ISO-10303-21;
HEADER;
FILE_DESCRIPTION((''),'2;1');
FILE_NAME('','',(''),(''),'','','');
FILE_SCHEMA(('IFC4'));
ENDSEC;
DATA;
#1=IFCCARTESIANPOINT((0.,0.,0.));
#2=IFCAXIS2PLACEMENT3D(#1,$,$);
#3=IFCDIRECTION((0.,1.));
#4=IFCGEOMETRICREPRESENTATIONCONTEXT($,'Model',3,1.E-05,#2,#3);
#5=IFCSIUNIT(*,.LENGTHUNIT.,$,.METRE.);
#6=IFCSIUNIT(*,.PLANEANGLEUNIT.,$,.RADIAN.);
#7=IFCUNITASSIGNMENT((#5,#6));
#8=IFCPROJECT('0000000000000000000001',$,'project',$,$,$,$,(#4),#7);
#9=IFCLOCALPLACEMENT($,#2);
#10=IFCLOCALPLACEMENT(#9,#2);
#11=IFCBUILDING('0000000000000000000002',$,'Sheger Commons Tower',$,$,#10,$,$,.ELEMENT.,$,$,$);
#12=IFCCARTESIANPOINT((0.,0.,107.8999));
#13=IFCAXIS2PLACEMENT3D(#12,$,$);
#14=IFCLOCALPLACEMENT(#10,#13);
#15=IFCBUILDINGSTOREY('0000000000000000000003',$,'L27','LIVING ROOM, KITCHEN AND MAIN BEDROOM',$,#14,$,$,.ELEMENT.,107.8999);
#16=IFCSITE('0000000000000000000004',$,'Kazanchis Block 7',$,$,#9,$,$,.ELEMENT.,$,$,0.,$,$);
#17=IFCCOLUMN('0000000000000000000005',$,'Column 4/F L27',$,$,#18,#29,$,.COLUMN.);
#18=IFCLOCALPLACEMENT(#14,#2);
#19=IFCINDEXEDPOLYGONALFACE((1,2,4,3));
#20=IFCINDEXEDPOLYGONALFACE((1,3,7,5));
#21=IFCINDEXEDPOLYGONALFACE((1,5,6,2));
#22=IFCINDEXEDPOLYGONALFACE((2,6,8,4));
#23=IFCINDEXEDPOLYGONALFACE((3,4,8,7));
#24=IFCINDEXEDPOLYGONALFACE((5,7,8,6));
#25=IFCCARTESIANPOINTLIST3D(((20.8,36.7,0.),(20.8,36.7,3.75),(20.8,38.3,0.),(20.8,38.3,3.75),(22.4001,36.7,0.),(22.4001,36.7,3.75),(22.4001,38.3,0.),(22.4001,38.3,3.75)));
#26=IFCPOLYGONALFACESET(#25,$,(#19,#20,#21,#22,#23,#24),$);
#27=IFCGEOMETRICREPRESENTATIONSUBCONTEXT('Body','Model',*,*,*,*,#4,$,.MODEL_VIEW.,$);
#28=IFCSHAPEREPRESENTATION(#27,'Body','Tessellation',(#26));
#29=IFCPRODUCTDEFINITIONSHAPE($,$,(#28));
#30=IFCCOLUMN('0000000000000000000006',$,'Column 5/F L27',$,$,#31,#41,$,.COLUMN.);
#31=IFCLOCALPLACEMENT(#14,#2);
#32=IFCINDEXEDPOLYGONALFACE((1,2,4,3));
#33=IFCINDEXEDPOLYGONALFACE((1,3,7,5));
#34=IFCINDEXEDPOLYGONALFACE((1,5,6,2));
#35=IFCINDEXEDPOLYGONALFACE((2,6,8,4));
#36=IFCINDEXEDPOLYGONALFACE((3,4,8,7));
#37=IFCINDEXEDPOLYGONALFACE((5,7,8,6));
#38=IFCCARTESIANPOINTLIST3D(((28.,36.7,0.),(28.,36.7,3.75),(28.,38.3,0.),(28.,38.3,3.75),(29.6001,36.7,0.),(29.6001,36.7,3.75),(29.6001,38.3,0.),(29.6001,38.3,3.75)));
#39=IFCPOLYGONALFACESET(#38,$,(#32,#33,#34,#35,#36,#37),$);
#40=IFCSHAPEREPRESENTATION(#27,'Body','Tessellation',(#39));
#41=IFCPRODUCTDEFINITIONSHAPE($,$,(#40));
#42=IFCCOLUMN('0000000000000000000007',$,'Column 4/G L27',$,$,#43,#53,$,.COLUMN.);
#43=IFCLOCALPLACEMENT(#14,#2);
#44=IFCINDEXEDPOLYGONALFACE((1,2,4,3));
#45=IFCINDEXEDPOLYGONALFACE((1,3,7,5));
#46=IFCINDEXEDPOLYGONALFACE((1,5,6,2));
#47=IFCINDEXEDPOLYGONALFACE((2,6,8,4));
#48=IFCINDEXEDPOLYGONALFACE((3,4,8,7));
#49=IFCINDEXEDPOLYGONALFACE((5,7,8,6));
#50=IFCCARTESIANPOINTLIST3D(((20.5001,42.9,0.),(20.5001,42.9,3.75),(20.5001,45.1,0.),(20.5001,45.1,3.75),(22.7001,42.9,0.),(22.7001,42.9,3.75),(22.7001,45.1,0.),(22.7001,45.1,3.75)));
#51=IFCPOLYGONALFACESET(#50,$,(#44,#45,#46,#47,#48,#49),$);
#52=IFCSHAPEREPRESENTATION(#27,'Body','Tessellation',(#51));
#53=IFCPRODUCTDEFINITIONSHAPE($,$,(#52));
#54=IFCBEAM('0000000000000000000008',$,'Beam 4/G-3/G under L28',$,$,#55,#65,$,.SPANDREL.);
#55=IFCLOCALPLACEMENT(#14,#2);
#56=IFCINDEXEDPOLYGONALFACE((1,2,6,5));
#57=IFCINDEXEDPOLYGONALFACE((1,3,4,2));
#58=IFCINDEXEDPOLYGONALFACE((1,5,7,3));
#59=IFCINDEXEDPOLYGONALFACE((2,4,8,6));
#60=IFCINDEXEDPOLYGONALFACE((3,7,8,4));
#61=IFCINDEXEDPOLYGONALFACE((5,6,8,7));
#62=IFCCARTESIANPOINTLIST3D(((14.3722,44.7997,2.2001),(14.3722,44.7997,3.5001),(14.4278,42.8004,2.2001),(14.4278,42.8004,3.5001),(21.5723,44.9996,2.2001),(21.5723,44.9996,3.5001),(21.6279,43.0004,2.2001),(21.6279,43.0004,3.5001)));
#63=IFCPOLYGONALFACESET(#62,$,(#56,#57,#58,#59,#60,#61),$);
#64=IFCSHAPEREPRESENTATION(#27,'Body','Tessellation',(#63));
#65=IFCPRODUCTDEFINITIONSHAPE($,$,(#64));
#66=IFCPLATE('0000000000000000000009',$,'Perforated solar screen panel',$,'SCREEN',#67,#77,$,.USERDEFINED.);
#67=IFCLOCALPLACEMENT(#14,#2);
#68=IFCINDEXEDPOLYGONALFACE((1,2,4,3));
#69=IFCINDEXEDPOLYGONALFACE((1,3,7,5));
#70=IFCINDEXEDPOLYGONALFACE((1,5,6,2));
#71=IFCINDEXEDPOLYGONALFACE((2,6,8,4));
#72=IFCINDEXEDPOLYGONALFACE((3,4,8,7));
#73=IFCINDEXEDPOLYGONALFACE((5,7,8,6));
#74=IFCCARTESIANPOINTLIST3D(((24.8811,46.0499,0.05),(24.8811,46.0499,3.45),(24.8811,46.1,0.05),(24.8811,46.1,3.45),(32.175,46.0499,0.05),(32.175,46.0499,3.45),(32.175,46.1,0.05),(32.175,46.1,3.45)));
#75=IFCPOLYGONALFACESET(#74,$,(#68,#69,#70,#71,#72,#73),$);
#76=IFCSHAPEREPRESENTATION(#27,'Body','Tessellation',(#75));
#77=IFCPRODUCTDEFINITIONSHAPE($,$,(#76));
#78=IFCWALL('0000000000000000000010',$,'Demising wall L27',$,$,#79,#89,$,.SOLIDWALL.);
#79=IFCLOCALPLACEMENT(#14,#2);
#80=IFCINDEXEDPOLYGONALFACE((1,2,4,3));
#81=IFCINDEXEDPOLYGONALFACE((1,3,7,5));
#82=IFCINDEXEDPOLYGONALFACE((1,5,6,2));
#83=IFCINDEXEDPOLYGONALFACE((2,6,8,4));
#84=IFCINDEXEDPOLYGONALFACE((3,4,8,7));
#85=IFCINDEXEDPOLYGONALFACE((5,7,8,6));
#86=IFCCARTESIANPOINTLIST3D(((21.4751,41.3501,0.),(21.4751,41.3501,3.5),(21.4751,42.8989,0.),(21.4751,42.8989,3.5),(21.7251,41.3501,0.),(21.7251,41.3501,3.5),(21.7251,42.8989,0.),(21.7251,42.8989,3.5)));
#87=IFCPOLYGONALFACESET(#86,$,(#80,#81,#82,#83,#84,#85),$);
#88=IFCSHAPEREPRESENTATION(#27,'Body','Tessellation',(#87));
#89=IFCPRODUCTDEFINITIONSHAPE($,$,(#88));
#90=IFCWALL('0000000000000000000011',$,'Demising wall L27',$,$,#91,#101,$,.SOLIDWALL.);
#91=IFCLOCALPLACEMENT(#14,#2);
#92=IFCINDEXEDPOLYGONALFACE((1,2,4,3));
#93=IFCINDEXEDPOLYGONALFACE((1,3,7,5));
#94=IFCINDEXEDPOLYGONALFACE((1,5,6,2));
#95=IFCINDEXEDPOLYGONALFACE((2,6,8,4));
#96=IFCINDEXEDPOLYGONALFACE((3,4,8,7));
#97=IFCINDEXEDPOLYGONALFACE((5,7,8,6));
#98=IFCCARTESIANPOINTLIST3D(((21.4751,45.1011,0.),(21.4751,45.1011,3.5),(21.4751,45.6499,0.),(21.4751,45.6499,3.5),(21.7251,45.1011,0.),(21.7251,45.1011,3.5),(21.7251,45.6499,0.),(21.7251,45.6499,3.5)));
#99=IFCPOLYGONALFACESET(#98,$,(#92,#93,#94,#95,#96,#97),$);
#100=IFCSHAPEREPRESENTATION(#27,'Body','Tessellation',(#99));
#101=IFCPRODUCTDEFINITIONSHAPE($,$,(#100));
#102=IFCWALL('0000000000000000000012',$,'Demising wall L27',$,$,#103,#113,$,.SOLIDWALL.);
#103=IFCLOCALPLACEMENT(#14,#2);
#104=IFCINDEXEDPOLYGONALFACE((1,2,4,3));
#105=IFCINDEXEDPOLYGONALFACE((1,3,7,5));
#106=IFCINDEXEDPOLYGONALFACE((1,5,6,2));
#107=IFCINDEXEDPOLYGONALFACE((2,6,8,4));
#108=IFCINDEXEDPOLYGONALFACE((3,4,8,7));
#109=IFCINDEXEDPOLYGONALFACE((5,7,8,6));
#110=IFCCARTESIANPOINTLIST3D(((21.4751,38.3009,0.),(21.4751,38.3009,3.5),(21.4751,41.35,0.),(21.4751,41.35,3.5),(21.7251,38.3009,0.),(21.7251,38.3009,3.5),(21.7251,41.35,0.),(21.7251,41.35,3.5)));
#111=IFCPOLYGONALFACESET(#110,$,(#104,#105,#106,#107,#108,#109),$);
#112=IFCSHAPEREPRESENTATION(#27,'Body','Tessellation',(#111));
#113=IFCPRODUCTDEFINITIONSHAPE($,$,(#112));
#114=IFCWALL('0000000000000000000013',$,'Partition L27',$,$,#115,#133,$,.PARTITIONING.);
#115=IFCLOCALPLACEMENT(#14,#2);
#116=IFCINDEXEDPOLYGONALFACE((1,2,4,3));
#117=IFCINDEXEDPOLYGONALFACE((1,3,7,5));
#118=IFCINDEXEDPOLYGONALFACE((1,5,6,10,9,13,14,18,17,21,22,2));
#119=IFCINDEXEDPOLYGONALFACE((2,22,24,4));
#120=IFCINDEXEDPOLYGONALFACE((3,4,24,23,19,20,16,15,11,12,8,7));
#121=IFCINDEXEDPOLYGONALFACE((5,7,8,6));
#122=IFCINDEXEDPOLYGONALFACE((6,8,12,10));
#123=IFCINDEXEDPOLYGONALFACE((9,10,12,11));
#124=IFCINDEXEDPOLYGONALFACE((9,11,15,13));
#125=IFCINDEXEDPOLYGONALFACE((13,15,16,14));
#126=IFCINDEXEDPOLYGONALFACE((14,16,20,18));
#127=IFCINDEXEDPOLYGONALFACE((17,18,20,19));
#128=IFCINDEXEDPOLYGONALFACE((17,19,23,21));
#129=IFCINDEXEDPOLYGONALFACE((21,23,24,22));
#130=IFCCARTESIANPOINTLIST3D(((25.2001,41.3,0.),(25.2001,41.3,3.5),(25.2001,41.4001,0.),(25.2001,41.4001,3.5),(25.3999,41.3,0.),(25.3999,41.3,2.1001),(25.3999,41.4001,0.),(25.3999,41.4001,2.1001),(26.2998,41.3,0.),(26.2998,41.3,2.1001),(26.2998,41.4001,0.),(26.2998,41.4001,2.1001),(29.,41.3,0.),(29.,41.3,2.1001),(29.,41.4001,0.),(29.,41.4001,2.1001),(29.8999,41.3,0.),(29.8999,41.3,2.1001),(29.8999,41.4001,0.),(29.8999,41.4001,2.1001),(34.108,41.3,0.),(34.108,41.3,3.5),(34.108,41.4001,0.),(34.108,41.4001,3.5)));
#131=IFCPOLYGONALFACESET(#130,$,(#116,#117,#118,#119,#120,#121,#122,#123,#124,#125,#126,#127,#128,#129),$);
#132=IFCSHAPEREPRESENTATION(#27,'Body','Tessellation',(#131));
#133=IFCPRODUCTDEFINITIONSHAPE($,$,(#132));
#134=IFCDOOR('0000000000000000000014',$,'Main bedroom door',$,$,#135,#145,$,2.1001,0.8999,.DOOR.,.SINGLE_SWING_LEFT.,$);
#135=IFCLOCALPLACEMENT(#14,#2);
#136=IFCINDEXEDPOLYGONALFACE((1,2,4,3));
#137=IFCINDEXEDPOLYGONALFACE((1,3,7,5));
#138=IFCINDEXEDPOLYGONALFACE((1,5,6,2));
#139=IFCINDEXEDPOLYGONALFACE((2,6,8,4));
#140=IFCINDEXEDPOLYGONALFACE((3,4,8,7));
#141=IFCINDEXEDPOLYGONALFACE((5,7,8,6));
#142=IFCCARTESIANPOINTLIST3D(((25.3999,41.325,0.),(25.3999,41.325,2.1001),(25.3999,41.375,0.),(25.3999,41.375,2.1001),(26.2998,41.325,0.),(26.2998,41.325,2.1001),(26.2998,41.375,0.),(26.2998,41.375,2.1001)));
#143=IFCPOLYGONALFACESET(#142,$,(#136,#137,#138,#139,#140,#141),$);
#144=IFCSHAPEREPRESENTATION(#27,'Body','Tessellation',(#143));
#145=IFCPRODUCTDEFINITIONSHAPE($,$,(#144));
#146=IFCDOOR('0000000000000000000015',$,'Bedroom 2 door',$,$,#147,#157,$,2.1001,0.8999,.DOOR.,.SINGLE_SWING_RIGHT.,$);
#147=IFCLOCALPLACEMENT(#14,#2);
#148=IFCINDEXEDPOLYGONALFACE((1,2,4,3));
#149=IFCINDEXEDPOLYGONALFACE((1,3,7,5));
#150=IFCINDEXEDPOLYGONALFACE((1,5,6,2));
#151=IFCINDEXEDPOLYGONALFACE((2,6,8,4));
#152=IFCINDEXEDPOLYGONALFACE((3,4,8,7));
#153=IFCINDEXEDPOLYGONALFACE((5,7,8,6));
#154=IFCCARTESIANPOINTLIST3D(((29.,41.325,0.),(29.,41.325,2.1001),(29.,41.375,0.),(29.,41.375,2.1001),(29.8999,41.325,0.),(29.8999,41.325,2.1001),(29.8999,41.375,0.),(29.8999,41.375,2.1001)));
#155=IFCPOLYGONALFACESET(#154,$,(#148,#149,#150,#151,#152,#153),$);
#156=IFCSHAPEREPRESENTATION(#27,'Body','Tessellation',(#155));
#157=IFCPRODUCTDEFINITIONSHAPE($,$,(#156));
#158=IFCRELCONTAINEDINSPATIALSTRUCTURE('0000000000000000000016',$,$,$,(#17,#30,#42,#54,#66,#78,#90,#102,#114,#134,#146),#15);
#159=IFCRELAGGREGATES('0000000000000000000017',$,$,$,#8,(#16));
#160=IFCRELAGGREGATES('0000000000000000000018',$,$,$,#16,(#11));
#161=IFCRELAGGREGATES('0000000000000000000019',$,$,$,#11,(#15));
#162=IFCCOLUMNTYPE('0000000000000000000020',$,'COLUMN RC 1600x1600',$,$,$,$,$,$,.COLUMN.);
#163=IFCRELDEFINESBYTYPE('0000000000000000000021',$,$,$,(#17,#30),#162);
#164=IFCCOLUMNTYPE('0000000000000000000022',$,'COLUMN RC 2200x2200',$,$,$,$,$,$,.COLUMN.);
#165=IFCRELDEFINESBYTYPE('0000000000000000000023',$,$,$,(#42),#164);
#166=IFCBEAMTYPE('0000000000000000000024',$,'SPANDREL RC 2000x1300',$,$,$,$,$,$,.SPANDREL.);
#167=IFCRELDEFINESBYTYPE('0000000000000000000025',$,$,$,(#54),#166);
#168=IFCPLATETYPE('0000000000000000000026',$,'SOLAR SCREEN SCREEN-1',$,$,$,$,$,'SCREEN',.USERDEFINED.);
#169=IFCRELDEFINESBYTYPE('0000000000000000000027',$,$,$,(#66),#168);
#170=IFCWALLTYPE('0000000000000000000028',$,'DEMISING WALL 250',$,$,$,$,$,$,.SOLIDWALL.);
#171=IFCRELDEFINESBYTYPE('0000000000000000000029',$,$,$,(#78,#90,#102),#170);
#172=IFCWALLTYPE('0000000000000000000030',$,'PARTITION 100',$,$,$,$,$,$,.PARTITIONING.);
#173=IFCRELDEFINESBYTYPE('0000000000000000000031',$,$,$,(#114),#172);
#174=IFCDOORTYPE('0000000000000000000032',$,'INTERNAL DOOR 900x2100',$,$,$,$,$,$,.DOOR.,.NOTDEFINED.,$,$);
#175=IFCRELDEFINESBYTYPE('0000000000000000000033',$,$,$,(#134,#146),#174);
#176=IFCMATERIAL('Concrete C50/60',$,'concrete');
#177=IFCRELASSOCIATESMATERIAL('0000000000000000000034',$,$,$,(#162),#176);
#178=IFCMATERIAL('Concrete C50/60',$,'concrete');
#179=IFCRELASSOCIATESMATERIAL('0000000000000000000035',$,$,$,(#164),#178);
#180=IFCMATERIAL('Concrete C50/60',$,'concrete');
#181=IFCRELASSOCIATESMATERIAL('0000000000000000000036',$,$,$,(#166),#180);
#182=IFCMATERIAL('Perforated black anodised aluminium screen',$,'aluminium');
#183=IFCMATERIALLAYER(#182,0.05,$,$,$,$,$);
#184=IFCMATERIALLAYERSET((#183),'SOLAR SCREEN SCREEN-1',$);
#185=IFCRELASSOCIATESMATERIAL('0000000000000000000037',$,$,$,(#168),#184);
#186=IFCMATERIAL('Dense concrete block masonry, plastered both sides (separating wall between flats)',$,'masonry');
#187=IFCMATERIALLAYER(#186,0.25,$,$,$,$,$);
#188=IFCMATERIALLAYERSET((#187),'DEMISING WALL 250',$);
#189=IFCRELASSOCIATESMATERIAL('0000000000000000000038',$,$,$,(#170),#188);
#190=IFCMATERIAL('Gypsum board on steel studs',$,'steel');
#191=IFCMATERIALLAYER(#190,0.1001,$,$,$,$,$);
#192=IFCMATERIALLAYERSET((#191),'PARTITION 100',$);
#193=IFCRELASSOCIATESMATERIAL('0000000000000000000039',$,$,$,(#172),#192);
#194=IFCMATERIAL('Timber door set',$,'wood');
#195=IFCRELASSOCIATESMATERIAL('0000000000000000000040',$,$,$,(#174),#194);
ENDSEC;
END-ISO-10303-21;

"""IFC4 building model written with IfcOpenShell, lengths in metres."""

from ifc_helpers import new_model, si_unit, direction, frame, frame_2d, origin, origin_2d, place, context, subcontext, project, spatial, rectangle, extrude, material, layer, layer_set, material_profile, profile_set, type_object, element, fill, save


model = new_model("IFC4")

# Units and contexts
model_context = context("Model", 3, precision=1e-05, world=origin(), true_north=direction((0.0, 1.0)))
body_context = subcontext(model_context, "Body", "Model", "MODEL_VIEW")
ifc_project = project(units=[si_unit("LENGTHUNIT", "METRE"), si_unit("PLANEANGLEUNIT", "RADIAN")], contexts=[model_context])

# Site, building, storey
site_placement = place(None, origin())
site = spatial("IfcSite", under=ifc_project, at=site_placement, Name="Kazanchis Block 7", CompositionType="ELEMENT", RefElevation=0.0)
building_placement = place(site_placement, origin())
building = spatial("IfcBuilding", under=site, at=building_placement, Name="Sheger Commons Tower", CompositionType="ELEMENT")
storey_placement = place(building_placement, frame((0.0, 0.0, 107.8999)))
storey = spatial("IfcBuildingStorey", under=building, at=storey_placement, Name="L27", Description="LIVING ROOM, KITCHEN AND MAIN BEDROOM", CompositionType="ELEMENT", Elevation=107.8999)

# Columns
ifc_material_1 = material(Name="Concrete C50/60", Category="concrete")
ifc_material_profile_1 = material_profile(ifc_material_1, rectangle(XDim=1.6001, YDim=1.6001, at=origin_2d()), Name="RC 1600x1600")
ifc_profile_set_1 = profile_set([ifc_material_profile_1], Name="Concrete C50/60")
column_type_1 = type_object("IfcColumnType", Name="COLUMN RC 1600x1600", PredefinedType="COLUMN", material=ifc_profile_set_1)
for number, where, z_axis, x_axis, name in (
    (1, (21.6001, 37.5, 0.0), (0.0, 0.0, 1.0), (1.0, 0.0, 0.0), "Column 4/F L27"),
    (2, (28.8, 37.5, 0.0), (0.0, 0.0, 1.0), (1.0, 0.0, 0.0), "Column 5/F L27"),
):
    element("IfcColumn", number, at=place(storey_placement, frame(where, z_axis=z_axis, x_axis=x_axis)), inside=storey, type_object=column_type_1, Name=name, PredefinedType="COLUMN", context=body_context, shape_type="SweptSolid", body=[
        extrude(rectangle(XDim=1.6001, YDim=1.6001, at=origin_2d()), origin(), (0.0, 0.0, 1.0), 3.75),
    ])
ifc_material_2 = material(Name="Concrete C50/60", Category="concrete")
ifc_material_profile_2 = material_profile(ifc_material_2, rectangle(XDim=2.2, YDim=2.2, at=origin_2d()), Name="RC 2200x2200")
ifc_profile_set_2 = profile_set([ifc_material_profile_2], Name="Concrete C50/60")
column_type_2 = type_object("IfcColumnType", Name="COLUMN RC 2200x2200", PredefinedType="COLUMN", material=ifc_profile_set_2)
column_placement = place(storey_placement, frame((21.6001, 44.0, 0.0), z_axis=(0.0, 0.0, 1.0), x_axis=(1.0, 0.0, 0.0)))
element("IfcColumn", 3, at=column_placement, inside=storey, type_object=column_type_2, Name="Column 4/G L27", PredefinedType="COLUMN", context=body_context, shape_type="SweptSolid", body=[
    extrude(rectangle(XDim=2.2, YDim=2.2, at=origin_2d()), origin(), (0.0, 0.0, 1.0), 3.75),
])

# Beam
ifc_material_3 = material(Name="Concrete C50/60", Category="concrete")
ifc_material_profile_3 = material_profile(ifc_material_3, rectangle(XDim=2.0, YDim=1.3, at=origin_2d()), Name="RC 2000x1300")
ifc_profile_set_3 = profile_set([ifc_material_profile_3], Name="Concrete C50/60")
beam_type = type_object("IfcBeamType", Name="SPANDREL RC 2000x1300", PredefinedType="SPANDREL", material=ifc_profile_set_3)
beam_placement = place(storey_placement, frame((21.6001, 44.0, 2.8501), z_axis=(-0.999615, -0.02776, 0.0), x_axis=(0.02776, -0.999615, 0.0)))
element("IfcBeam", 4, at=beam_placement, inside=storey, type_object=beam_type, Name="Beam 4/G-3/G under L28", PredefinedType="SPANDREL", context=body_context, shape_type="SweptSolid", body=[
    extrude(rectangle(XDim=2.0, YDim=1.3, at=origin_2d()), origin(), (0.0, 0.0, 1.0), 7.2029),
])

# Plate
ifc_material_4 = material(Name="Perforated black anodised aluminium screen", Category="aluminium")
ifc_layer_1 = layer(ifc_material_4, 0.05)
ifc_layer_set_1 = layer_set([ifc_layer_1], Name="SOLAR SCREEN SCREEN-1")
plate_type = type_object("IfcPlateType", Name="SOLAR SCREEN SCREEN-1", ElementType="SCREEN", PredefinedType="USERDEFINED", material=ifc_layer_set_1)
plate_placement = place(storey_placement, frame((28.5281, 46.075, 0.05), z_axis=(0.0, 0.0, 1.0), x_axis=(-1.0, 0.0, 0.0)))
element("IfcPlate", 5, at=plate_placement, inside=storey, type_object=plate_type, Name="Perforated solar screen panel", ObjectType="SCREEN", PredefinedType="USERDEFINED", context=body_context, shape_type="SweptSolid", body=[
    extrude(rectangle(XDim=7.2939, YDim=0.05, at=origin_2d()), origin(), (0.0, 0.0, 1.0), 3.3999),
])

# Walls
ifc_material_5 = material(Name="Dense concrete block masonry, plastered both sides (separating wall between flats)", Category="masonry")
ifc_layer_2 = layer(ifc_material_5, 0.25)
ifc_layer_set_2 = layer_set([ifc_layer_2], Name="DEMISING WALL 250")
wall_type_1 = type_object("IfcWallType", Name="DEMISING WALL 250", PredefinedType="SOLIDWALL", material=ifc_layer_set_2)
wall_1_placement = place(storey_placement, frame((21.6001, 41.3501, 0.0), z_axis=(0.0, 0.0, 1.0), x_axis=(0.0, 1.0, 0.0)))
element("IfcWall", 6, at=wall_1_placement, inside=storey, type_object=wall_type_1, Name="Demising wall L27", PredefinedType="SOLIDWALL", context=body_context, shape_type="SweptSolid", body=[
    extrude(rectangle(XDim=1.5488, YDim=0.25, at=frame_2d((0.7744, 0.0))), origin(), (0.0, 0.0, 1.0), 3.5),
])
wall_2_placement = place(storey_placement, frame((21.6001, 45.1011, 0.0), z_axis=(0.0, 0.0, 1.0), x_axis=(0.0, 1.0, 0.0)))
element("IfcWall", 7, at=wall_2_placement, inside=storey, type_object=wall_type_1, Name="Demising wall L27", PredefinedType="SOLIDWALL", context=body_context, shape_type="SweptSolid", body=[
    extrude(rectangle(XDim=0.5488, YDim=0.25, at=frame_2d((0.2744, 0.0))), origin(), (0.0, 0.0, 1.0), 3.5),
])
wall_3_placement = place(storey_placement, frame((21.6001, 38.301, 0.0), z_axis=(0.0, 0.0, 1.0), x_axis=(0.0, 1.0, 0.0)))
element("IfcWall", 8, at=wall_3_placement, inside=storey, type_object=wall_type_1, Name="Demising wall L27", PredefinedType="SOLIDWALL", context=body_context, shape_type="SweptSolid", body=[
    extrude(rectangle(XDim=3.0491, YDim=0.25, at=frame_2d((1.5244, 0.0))), origin(), (0.0, 0.0, 1.0), 3.5),
])

# Wall, openings, doors
ifc_material_6 = material(Name="Gypsum board on steel studs", Category="steel")
ifc_layer_3 = layer(ifc_material_6, 0.1001)
ifc_layer_set_3 = layer_set([ifc_layer_3], Name="PARTITION 100")
wall_type_2 = type_object("IfcWallType", Name="PARTITION 100", PredefinedType="PARTITIONING", material=ifc_layer_set_3)
wall_4_placement = place(storey_placement, frame((25.2, 41.3501, 0.0), z_axis=(0.0, 0.0, 1.0), x_axis=(1.0, 0.0, 0.0)))
wall_4 = element("IfcWall", 9, at=wall_4_placement, inside=storey, type_object=wall_type_2, Name="Partition L27", PredefinedType="PARTITIONING", context=body_context, shape_type="SweptSolid", body=[
    extrude(rectangle(XDim=8.908, YDim=0.1001, at=frame_2d((4.4541, 0.0))), origin(), (0.0, 0.0, 1.0), 3.5),
])
opening_1_placement = place(wall_4_placement, frame((0.2, 0.0, 0.0)))
opening_1 = element("IfcOpeningElement", 10, at=opening_1_placement, cuts=wall_4, PredefinedType="OPENING", context=body_context, shape_type="SweptSolid", body=[
    extrude(rectangle(XDim=0.8999, YDim=2.1001, at=frame_2d((0.45, 1.05))), frame((0.0, 0.0601, 0.0), z_axis=(0.0, -1.0, 0.0), x_axis=(1.0, 0.0, 0.0)), (0.0, 0.0, 1.0), 0.1201),
])
opening_2_placement = place(wall_4_placement, frame((3.8, 0.0, 0.0)))
opening_2 = element("IfcOpeningElement", 11, at=opening_2_placement, cuts=wall_4, PredefinedType="OPENING", context=body_context, shape_type="SweptSolid", body=[
    extrude(rectangle(XDim=0.8999, YDim=2.1001, at=frame_2d((0.45, 1.05))), frame((0.0, 0.0601, 0.0), z_axis=(0.0, -1.0, 0.0), x_axis=(1.0, 0.0, 0.0)), (0.0, 0.0, 1.0), 0.1201),
])
ifc_material_7 = material(Name="Timber door set", Category="wood")
door_type = type_object("IfcDoorType", Name="INTERNAL DOOR 900x2100", OperationType="NOTDEFINED", PredefinedType="DOOR", material=ifc_material_7)
door_1_placement = place(opening_1_placement, origin())
door_1 = element("IfcDoor", 12, at=door_1_placement, inside=storey, type_object=door_type, Name="Main bedroom door", OperationType="SINGLE_SWING_LEFT", OverallHeight=2.1001, OverallWidth=0.8999, PredefinedType="DOOR", context=body_context, shape_type="SweptSolid", body=[
    extrude(rectangle(XDim=0.8999, YDim=2.1001, at=frame_2d((0.45, 1.05))), frame((0.0, 0.0249, 0.0), z_axis=(0.0, -1.0, 0.0), x_axis=(1.0, 0.0, 0.0)), (0.0, 0.0, 1.0), 0.05),
])
fill(opening_1, door_1)
door_2_placement = place(opening_2_placement, origin())
door_2 = element("IfcDoor", 13, at=door_2_placement, inside=storey, type_object=door_type, Name="Bedroom 2 door", OperationType="SINGLE_SWING_RIGHT", OverallHeight=2.1001, OverallWidth=0.8999, PredefinedType="DOOR", context=body_context, shape_type="SweptSolid", body=[
    extrude(rectangle(XDim=0.8999, YDim=2.1001, at=frame_2d((0.45, 1.05))), frame((0.0, 0.0249, 0.0), z_axis=(0.0, -1.0, 0.0), x_axis=(1.0, 0.0, 0.0)), (0.0, 0.0, 1.0), 0.05),
])
fill(opening_2, door_2)

save(model, "model.ifc")
